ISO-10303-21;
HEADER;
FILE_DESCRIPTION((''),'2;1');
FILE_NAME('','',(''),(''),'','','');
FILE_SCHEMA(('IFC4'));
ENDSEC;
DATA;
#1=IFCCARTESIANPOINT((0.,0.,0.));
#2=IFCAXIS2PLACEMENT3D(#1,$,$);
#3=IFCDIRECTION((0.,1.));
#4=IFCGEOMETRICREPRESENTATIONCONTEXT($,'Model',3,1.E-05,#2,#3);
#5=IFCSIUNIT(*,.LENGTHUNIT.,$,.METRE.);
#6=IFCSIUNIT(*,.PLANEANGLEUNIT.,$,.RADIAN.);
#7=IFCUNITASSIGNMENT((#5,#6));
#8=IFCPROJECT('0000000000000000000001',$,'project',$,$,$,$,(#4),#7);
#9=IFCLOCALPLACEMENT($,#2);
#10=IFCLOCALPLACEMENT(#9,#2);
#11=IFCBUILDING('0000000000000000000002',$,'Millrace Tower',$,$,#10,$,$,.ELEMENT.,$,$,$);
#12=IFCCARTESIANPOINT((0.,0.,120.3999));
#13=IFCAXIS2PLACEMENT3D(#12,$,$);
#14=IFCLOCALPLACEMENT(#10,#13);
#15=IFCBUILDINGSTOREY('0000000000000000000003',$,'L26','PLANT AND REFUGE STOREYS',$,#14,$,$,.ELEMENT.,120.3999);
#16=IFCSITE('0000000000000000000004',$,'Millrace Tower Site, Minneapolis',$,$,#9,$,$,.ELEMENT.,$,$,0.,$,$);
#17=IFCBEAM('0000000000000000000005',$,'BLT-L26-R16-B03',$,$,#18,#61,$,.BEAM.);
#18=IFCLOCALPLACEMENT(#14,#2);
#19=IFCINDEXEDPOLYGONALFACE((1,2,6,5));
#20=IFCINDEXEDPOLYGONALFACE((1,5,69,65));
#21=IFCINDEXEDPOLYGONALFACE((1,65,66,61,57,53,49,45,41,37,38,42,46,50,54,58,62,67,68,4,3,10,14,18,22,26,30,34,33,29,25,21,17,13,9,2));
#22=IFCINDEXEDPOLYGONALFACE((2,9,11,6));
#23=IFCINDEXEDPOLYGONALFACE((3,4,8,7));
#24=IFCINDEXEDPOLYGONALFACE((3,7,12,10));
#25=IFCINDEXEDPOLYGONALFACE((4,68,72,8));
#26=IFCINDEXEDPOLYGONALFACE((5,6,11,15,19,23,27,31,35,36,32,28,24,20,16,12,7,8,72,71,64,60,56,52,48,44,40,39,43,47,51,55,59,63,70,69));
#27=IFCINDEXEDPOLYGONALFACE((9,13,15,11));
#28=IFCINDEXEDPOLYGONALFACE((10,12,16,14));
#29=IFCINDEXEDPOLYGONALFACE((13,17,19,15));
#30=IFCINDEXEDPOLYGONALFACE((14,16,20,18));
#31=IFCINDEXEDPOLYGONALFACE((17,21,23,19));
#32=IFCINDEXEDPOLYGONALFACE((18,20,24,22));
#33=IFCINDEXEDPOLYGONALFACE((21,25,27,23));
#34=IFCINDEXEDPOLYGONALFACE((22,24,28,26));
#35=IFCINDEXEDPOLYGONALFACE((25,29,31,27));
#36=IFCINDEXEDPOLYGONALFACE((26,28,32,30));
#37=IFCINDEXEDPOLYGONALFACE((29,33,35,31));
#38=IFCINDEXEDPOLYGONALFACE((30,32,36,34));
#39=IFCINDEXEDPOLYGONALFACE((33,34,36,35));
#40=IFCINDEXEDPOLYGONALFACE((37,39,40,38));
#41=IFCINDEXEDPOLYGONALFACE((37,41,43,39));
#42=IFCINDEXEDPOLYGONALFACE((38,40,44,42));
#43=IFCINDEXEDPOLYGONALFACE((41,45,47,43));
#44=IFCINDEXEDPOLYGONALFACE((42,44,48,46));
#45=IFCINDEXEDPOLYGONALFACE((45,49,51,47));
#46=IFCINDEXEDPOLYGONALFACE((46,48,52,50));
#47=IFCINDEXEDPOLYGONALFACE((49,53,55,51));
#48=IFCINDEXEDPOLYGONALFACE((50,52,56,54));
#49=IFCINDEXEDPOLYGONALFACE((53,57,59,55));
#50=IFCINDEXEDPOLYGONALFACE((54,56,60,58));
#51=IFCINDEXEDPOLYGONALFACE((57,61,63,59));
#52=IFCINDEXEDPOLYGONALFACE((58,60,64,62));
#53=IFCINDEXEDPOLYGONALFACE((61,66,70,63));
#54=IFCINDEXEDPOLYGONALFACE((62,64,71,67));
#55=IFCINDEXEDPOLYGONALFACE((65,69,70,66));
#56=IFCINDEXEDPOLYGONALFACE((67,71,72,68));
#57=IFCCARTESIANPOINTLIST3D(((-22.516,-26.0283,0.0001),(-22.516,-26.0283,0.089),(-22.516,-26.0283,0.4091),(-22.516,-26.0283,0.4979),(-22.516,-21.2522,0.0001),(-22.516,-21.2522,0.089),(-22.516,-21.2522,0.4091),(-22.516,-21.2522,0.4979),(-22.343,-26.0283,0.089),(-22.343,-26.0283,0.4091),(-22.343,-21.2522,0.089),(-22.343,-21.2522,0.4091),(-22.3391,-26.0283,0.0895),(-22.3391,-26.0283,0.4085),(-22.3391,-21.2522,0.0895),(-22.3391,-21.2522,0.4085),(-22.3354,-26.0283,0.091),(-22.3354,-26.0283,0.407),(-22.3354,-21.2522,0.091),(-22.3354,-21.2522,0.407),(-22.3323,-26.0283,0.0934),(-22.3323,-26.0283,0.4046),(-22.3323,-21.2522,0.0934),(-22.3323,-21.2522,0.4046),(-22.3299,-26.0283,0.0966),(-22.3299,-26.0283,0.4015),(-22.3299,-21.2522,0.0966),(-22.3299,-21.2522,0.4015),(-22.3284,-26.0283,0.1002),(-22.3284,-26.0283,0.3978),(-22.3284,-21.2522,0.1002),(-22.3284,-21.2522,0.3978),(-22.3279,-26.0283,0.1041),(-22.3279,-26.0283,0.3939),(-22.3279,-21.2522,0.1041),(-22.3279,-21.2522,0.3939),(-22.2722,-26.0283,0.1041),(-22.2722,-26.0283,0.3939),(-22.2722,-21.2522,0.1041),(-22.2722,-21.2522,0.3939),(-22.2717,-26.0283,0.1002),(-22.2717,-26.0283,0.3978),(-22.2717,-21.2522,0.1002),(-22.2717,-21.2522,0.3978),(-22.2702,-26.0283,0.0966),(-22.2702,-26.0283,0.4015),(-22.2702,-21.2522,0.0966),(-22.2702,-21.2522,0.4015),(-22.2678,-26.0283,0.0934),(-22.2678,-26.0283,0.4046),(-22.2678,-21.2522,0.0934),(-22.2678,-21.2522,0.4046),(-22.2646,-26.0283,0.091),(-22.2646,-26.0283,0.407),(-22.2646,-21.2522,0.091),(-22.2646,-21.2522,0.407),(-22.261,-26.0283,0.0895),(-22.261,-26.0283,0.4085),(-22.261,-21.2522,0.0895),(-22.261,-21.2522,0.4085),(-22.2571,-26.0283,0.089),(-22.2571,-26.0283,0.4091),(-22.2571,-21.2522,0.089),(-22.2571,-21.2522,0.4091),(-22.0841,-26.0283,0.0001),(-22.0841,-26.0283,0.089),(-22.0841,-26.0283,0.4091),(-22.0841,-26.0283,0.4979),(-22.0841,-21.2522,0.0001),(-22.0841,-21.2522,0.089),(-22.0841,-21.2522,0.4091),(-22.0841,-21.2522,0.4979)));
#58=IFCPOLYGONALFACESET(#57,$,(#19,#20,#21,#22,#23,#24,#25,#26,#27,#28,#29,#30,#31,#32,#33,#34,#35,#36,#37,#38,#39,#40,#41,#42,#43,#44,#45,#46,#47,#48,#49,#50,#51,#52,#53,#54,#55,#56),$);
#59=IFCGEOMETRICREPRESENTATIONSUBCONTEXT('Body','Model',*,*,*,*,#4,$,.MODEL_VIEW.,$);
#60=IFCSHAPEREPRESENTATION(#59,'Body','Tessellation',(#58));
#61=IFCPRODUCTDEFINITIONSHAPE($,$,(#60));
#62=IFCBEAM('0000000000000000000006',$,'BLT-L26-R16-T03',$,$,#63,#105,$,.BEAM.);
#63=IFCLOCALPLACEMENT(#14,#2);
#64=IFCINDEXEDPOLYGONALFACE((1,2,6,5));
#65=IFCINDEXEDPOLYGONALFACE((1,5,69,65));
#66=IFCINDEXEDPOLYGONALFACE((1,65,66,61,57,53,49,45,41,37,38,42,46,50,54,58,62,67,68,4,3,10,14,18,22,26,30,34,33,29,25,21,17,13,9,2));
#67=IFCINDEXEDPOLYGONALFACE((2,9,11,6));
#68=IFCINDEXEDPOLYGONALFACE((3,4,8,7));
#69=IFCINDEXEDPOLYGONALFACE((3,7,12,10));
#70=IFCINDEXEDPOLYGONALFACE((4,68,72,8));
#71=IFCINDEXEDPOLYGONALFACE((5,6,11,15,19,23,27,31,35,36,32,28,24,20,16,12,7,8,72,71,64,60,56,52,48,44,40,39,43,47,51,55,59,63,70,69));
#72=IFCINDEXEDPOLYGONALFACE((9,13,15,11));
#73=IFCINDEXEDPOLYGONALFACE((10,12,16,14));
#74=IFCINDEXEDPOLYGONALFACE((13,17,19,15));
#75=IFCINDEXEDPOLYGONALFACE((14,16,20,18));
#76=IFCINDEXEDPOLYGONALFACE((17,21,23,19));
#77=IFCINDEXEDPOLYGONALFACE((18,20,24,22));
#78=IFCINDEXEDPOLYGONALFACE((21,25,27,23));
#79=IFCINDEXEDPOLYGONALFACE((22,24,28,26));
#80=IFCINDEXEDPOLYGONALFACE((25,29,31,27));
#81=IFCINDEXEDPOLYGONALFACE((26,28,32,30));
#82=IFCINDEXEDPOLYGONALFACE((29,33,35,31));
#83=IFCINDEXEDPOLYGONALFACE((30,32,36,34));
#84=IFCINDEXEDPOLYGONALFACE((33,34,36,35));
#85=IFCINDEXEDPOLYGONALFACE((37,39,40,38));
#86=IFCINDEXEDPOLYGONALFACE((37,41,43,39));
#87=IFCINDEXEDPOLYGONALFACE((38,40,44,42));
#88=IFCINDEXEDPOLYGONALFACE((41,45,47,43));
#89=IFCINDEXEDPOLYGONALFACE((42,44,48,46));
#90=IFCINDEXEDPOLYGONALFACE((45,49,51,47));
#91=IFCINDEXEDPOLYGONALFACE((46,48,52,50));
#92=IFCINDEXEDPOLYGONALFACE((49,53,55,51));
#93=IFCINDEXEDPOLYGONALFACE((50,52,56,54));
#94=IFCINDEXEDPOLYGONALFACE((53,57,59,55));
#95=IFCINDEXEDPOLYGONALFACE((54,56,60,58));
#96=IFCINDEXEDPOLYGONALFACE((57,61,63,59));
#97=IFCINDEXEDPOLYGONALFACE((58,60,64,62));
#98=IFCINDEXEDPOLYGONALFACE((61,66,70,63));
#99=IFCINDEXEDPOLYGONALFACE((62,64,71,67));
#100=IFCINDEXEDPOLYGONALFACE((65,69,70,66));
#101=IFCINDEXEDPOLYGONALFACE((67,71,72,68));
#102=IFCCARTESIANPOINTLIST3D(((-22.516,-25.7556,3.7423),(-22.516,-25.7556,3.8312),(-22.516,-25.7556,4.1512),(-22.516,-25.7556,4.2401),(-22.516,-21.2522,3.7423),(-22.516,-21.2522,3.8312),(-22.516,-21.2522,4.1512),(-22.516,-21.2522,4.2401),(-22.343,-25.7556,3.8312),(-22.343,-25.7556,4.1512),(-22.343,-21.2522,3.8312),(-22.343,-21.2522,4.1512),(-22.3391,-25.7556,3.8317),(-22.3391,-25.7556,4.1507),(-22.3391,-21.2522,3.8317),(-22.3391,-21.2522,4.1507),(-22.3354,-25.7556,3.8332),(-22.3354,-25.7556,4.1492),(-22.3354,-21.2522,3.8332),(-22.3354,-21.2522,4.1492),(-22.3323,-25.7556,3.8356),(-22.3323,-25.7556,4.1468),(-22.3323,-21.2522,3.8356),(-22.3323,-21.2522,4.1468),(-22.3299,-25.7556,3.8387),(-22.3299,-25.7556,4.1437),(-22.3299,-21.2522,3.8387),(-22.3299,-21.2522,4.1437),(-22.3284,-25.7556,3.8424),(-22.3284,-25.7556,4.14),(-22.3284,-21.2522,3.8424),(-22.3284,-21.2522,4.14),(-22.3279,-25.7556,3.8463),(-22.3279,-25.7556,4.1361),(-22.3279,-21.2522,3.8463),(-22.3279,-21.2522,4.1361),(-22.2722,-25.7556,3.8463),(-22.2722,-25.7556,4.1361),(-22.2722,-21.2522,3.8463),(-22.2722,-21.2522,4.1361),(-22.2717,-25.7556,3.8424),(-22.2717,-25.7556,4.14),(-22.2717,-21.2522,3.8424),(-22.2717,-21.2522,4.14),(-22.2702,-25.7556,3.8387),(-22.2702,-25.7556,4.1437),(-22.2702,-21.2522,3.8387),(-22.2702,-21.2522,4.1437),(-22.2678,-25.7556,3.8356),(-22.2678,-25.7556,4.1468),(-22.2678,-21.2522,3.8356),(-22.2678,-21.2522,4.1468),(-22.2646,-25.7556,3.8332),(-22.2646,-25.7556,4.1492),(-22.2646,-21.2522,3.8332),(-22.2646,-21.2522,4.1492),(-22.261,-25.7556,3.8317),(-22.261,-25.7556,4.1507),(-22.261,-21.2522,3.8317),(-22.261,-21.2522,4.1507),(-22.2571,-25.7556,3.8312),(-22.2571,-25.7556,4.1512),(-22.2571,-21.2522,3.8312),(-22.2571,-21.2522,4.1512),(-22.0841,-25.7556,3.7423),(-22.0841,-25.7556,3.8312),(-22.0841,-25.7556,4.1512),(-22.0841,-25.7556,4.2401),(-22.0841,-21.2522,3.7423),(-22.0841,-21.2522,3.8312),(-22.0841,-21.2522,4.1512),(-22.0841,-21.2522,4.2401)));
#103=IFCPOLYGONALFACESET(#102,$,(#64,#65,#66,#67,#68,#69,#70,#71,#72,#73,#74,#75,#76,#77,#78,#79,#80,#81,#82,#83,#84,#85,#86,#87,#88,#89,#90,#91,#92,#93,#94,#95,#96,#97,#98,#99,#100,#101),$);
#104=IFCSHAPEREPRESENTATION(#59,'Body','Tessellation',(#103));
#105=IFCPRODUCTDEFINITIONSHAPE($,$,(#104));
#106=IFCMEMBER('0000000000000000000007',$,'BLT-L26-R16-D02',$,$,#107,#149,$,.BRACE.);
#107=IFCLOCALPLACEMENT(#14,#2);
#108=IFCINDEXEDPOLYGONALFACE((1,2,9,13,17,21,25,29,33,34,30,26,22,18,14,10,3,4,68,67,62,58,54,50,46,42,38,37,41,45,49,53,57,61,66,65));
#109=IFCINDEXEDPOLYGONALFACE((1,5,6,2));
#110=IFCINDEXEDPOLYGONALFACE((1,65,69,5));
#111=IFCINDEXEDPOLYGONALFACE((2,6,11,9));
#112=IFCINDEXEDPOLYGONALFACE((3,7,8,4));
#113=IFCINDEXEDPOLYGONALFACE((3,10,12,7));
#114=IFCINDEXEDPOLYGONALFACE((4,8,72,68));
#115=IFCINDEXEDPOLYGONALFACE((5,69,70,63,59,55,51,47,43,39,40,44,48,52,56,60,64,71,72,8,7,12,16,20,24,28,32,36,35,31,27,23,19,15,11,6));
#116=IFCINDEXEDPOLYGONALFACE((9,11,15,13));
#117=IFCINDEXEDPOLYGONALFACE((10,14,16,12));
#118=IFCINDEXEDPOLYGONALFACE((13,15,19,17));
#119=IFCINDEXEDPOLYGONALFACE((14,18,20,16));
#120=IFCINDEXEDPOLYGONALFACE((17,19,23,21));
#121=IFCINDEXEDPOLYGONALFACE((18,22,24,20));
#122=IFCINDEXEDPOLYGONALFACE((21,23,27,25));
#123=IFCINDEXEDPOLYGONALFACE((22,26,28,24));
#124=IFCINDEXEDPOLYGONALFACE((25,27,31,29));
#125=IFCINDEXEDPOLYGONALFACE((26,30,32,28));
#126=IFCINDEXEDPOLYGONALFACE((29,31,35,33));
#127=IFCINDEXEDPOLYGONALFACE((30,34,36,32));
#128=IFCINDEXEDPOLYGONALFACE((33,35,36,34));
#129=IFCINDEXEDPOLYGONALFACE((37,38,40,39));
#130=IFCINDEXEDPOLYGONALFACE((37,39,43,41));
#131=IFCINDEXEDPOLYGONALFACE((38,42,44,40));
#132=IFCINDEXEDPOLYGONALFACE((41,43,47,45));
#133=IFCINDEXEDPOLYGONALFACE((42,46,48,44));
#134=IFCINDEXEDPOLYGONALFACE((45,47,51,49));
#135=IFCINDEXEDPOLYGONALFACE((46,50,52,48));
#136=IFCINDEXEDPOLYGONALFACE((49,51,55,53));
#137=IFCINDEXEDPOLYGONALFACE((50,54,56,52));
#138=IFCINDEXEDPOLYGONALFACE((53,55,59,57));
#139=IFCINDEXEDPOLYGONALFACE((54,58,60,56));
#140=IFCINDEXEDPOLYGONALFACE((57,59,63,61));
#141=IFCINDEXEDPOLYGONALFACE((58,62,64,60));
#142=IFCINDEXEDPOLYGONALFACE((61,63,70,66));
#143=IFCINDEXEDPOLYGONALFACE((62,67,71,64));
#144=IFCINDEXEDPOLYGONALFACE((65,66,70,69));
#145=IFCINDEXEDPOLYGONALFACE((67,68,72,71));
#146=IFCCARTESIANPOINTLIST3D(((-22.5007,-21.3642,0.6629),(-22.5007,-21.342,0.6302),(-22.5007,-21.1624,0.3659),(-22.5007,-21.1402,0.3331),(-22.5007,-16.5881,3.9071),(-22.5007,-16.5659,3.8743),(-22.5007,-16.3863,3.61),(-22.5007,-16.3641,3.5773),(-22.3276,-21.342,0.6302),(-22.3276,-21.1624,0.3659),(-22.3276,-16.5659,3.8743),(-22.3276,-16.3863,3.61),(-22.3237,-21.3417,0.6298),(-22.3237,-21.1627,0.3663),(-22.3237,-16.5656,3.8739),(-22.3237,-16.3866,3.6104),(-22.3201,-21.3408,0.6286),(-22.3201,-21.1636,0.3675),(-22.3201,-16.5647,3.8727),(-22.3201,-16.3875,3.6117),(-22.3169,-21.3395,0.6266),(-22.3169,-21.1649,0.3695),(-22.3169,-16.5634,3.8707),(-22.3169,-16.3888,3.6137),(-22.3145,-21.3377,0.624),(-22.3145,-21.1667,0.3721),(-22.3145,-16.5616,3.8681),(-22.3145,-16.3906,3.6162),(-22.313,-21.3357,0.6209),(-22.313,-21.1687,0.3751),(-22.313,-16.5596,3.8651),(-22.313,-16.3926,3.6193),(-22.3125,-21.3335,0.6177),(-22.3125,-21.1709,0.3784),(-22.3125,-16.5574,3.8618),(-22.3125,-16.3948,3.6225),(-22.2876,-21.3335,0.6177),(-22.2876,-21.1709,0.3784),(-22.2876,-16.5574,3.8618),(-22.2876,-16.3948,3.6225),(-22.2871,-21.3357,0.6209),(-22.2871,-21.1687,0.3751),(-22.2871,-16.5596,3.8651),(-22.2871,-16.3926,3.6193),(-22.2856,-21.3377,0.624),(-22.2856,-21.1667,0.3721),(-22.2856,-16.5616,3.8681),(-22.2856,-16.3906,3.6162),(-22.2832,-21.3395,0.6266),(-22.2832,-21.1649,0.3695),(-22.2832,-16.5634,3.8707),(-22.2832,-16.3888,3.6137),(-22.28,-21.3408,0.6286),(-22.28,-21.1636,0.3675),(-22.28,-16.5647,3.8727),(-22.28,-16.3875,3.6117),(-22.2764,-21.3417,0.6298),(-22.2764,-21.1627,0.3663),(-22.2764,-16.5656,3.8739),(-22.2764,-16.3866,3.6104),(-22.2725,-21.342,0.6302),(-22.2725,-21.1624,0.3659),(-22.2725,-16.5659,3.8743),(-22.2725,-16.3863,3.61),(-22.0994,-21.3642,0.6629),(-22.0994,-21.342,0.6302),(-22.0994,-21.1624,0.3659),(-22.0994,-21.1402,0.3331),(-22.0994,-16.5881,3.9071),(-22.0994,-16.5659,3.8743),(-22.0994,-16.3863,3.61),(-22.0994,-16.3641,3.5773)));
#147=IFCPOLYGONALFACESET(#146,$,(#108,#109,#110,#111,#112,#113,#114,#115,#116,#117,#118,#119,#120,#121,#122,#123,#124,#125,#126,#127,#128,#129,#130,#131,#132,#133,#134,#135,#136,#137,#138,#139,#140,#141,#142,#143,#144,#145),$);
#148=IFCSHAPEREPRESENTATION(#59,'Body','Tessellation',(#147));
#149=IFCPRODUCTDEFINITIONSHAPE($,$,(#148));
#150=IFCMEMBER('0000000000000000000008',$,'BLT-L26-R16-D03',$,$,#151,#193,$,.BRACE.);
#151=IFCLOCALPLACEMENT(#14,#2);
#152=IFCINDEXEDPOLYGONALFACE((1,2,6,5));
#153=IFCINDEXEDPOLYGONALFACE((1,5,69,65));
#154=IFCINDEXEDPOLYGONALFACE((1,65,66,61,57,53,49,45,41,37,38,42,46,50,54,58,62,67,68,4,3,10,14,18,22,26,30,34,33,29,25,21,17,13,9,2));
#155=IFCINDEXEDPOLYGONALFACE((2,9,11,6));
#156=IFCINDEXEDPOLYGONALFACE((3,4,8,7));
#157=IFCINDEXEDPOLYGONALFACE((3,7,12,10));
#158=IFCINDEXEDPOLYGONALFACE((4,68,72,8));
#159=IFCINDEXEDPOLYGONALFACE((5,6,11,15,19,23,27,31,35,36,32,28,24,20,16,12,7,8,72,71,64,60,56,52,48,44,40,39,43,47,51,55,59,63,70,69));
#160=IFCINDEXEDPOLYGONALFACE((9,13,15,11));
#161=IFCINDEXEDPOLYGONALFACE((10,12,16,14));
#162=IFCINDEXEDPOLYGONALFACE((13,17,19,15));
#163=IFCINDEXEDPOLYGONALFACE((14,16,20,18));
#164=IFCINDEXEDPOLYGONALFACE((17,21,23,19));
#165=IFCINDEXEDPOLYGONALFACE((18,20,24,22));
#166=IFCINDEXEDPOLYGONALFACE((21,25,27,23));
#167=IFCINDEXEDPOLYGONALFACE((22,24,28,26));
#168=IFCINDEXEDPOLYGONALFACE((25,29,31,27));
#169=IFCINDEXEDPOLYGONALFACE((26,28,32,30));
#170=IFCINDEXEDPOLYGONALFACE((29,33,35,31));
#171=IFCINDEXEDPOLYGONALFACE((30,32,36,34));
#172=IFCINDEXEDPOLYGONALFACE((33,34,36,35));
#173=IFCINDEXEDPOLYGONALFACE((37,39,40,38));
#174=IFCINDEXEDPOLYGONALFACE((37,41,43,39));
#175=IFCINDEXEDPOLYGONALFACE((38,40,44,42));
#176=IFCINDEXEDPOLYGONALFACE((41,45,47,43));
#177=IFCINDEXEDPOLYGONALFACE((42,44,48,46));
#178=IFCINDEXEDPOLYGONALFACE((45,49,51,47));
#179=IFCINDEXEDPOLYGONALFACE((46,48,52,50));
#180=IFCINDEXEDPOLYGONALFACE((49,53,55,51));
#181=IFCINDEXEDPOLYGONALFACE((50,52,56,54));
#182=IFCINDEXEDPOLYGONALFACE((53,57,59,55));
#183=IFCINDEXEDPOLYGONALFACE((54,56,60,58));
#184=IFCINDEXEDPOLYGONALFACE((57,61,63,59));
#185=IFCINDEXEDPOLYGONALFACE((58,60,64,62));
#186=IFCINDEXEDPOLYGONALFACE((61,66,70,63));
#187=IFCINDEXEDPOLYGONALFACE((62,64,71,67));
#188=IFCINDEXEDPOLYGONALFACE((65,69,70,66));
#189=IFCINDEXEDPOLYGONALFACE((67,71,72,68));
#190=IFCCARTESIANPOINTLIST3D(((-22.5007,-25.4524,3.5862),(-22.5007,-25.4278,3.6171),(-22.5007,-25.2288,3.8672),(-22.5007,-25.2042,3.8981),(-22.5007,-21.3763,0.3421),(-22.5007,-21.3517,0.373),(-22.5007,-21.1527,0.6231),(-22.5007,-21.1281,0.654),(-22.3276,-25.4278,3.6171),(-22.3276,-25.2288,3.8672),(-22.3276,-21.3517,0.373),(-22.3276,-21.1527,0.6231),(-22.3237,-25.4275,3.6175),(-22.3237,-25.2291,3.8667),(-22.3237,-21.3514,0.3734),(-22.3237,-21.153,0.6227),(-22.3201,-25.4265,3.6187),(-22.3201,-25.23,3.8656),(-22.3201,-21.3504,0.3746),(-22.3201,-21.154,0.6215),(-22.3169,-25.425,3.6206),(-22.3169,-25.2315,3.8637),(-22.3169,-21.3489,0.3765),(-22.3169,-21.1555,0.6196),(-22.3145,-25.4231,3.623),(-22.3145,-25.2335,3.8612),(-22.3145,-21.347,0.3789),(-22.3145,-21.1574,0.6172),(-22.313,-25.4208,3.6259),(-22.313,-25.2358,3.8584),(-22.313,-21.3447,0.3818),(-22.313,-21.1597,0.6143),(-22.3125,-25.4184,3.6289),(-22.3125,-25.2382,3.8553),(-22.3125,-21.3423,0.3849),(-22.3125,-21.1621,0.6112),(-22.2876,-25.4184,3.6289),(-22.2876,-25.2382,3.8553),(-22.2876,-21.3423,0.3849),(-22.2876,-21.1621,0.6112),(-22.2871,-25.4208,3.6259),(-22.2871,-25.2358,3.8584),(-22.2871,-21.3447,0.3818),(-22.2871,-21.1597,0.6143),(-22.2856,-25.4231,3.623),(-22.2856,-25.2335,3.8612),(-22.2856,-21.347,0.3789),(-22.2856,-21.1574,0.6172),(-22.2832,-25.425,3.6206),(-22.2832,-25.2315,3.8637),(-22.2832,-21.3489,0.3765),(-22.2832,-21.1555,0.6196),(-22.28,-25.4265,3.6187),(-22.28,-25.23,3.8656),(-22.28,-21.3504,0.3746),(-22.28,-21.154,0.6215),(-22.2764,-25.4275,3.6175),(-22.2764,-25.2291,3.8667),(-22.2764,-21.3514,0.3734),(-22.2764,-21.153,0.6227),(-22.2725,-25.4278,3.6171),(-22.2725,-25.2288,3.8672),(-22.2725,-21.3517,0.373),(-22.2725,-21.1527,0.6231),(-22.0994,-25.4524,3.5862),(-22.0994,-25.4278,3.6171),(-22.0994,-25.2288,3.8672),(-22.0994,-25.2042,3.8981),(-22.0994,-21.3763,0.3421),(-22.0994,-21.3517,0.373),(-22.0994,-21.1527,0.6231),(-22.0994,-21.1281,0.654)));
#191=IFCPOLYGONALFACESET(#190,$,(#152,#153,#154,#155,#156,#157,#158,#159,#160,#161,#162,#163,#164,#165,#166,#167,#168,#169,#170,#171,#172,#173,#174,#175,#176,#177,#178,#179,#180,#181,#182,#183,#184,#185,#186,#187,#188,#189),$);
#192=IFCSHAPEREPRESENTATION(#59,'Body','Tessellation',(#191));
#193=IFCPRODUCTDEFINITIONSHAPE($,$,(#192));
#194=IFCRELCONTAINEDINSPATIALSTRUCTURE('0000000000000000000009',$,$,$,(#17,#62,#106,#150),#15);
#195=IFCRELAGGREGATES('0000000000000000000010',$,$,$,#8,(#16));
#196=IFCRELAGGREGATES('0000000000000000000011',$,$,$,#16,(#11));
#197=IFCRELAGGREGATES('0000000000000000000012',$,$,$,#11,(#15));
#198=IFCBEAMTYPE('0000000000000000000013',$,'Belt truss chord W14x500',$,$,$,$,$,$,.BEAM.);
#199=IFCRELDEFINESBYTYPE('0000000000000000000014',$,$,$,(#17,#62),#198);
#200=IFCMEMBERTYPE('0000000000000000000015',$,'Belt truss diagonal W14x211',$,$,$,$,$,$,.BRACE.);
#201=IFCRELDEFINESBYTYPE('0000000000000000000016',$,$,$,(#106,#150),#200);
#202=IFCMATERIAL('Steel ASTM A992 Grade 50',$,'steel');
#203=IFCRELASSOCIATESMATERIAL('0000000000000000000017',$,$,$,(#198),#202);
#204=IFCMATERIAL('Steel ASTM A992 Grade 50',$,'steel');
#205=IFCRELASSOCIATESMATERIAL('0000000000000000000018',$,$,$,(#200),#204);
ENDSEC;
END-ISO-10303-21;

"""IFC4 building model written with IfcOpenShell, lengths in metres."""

from ifc_helpers import new_model, si_unit, direction, frame, origin, origin_2d, place, context, subcontext, project, spatial, i_section, extrude, material, material_profile, profile_set, type_object, element, save


model = new_model("IFC4")

# Units and contexts
model_context = context("Model", 3, precision=1e-05, world=origin(), true_north=direction((0.0, 1.0)))
body_context = subcontext(model_context, "Body", "Model", "MODEL_VIEW")
ifc_project = project(units=[si_unit("LENGTHUNIT", "METRE"), si_unit("PLANEANGLEUNIT", "RADIAN")], contexts=[model_context])

# Site, building, storey
site_placement = place(None, origin())
site = spatial("IfcSite", under=ifc_project, at=site_placement, Name="Millrace Tower Site, Minneapolis", CompositionType="ELEMENT", RefElevation=0.0)
building_placement = place(site_placement, origin())
building = spatial("IfcBuilding", under=site, at=building_placement, Name="Millrace Tower", CompositionType="ELEMENT")
storey_placement = place(building_placement, frame((0.0, 0.0, 120.3999)))
storey = spatial("IfcBuildingStorey", under=building, at=storey_placement, Name="L26", Description="PLANT AND REFUGE STOREYS", CompositionType="ELEMENT", Elevation=120.3999)

# Beams
ifc_material_1 = material(Name="Steel ASTM A992 Grade 50", Category="steel")
ifc_material_profile_1 = material_profile(ifc_material_1, i_section(OverallWidth=0.4319, OverallDepth=0.4978, WebThickness=0.0557, FlangeThickness=0.0889, FilletRadius=0.0151, at=origin_2d()))
ifc_profile_set_1 = profile_set([ifc_material_profile_1], Name="Steel ASTM A992 Grade 50")
beam_type_1 = type_object("IfcBeamType", Name="Belt truss chord W14x500", PredefinedType="BEAM", material=ifc_profile_set_1)
beam_1_placement = place(storey_placement, frame((-22.3, -21.2522, 0.249), z_axis=(0.0, -1.0, 0.0), x_axis=(1.0, 0.0, 0.0)))
element("IfcBeam", 1, at=beam_1_placement, inside=storey, type_object=beam_type_1, Name="BLT-L26-R16-B03", PredefinedType="BEAM", context=body_context, shape_type="SweptSolid", body=[
    extrude(i_section(OverallWidth=0.4319, OverallDepth=0.4978, WebThickness=0.0557, FlangeThickness=0.0889, FilletRadius=0.0151, at=origin_2d()), origin(), (0.0, 0.0, 1.0), 4.7761),
])
beam_2_placement = place(storey_placement, frame((-22.3, -21.2522, 3.9912), z_axis=(0.0, -1.0, 0.0), x_axis=(1.0, 0.0, 0.0)))
element("IfcBeam", 2, at=beam_2_placement, inside=storey, type_object=beam_type_1, Name="BLT-L26-R16-T03", PredefinedType="BEAM", context=body_context, shape_type="SweptSolid", body=[
    extrude(i_section(OverallWidth=0.4319, OverallDepth=0.4978, WebThickness=0.0557, FlangeThickness=0.0889, FilletRadius=0.0151, at=origin_2d()), origin(), (0.0, 0.0, 1.0), 4.5034),
])

# Members
ifc_material_2 = material(Name="Steel ASTM A992 Grade 50", Category="steel")
ifc_material_profile_2 = material_profile(ifc_material_2, i_section(OverallWidth=0.4014, OverallDepth=0.3987, WebThickness=0.0249, FlangeThickness=0.0396, FilletRadius=0.0151, at=origin_2d()))
ifc_profile_set_2 = profile_set([ifc_material_profile_2], Name="Steel ASTM A992 Grade 50")
member_type_1 = type_object("IfcMemberType", Name="Belt truss diagonal W14x211", PredefinedType="BRACE", material=ifc_profile_set_2)
member_1_placement = place(storey_placement, frame((-22.3, -21.2522, 0.498), z_axis=(0.0, 0.827218, 0.561881), x_axis=(-1.0, 0.0, 0.0)))
element("IfcMember", 3, at=member_1_placement, inside=storey, type_object=member_type_1, Name="BLT-L26-R16-D02", PredefinedType="BRACE", context=body_context, shape_type="SweptSolid", body=[
    extrude(i_section(OverallWidth=0.4014, OverallDepth=0.3987, WebThickness=0.0249, FlangeThickness=0.0396, FilletRadius=0.0151, at=origin_2d()), origin(), (0.0, 0.0, 1.0), 5.7737),
])
member_2_placement = place(storey_placement, frame((-22.3, -21.2522, 0.498), z_axis=(0.0, -0.782439, 0.622727), x_axis=(1.0, 0.0, 0.0)))
element("IfcMember", 4, at=member_2_placement, inside=storey, type_object=member_type_1, Name="BLT-L26-R16-D03", PredefinedType="BRACE", context=body_context, shape_type="SweptSolid", body=[
    extrude(i_section(OverallWidth=0.4014, OverallDepth=0.3987, WebThickness=0.0249, FlangeThickness=0.0396, FilletRadius=0.0151, at=origin_2d()), origin(), (0.0, 0.0, 1.0), 5.2095),
])

save(model, "model.ifc")
